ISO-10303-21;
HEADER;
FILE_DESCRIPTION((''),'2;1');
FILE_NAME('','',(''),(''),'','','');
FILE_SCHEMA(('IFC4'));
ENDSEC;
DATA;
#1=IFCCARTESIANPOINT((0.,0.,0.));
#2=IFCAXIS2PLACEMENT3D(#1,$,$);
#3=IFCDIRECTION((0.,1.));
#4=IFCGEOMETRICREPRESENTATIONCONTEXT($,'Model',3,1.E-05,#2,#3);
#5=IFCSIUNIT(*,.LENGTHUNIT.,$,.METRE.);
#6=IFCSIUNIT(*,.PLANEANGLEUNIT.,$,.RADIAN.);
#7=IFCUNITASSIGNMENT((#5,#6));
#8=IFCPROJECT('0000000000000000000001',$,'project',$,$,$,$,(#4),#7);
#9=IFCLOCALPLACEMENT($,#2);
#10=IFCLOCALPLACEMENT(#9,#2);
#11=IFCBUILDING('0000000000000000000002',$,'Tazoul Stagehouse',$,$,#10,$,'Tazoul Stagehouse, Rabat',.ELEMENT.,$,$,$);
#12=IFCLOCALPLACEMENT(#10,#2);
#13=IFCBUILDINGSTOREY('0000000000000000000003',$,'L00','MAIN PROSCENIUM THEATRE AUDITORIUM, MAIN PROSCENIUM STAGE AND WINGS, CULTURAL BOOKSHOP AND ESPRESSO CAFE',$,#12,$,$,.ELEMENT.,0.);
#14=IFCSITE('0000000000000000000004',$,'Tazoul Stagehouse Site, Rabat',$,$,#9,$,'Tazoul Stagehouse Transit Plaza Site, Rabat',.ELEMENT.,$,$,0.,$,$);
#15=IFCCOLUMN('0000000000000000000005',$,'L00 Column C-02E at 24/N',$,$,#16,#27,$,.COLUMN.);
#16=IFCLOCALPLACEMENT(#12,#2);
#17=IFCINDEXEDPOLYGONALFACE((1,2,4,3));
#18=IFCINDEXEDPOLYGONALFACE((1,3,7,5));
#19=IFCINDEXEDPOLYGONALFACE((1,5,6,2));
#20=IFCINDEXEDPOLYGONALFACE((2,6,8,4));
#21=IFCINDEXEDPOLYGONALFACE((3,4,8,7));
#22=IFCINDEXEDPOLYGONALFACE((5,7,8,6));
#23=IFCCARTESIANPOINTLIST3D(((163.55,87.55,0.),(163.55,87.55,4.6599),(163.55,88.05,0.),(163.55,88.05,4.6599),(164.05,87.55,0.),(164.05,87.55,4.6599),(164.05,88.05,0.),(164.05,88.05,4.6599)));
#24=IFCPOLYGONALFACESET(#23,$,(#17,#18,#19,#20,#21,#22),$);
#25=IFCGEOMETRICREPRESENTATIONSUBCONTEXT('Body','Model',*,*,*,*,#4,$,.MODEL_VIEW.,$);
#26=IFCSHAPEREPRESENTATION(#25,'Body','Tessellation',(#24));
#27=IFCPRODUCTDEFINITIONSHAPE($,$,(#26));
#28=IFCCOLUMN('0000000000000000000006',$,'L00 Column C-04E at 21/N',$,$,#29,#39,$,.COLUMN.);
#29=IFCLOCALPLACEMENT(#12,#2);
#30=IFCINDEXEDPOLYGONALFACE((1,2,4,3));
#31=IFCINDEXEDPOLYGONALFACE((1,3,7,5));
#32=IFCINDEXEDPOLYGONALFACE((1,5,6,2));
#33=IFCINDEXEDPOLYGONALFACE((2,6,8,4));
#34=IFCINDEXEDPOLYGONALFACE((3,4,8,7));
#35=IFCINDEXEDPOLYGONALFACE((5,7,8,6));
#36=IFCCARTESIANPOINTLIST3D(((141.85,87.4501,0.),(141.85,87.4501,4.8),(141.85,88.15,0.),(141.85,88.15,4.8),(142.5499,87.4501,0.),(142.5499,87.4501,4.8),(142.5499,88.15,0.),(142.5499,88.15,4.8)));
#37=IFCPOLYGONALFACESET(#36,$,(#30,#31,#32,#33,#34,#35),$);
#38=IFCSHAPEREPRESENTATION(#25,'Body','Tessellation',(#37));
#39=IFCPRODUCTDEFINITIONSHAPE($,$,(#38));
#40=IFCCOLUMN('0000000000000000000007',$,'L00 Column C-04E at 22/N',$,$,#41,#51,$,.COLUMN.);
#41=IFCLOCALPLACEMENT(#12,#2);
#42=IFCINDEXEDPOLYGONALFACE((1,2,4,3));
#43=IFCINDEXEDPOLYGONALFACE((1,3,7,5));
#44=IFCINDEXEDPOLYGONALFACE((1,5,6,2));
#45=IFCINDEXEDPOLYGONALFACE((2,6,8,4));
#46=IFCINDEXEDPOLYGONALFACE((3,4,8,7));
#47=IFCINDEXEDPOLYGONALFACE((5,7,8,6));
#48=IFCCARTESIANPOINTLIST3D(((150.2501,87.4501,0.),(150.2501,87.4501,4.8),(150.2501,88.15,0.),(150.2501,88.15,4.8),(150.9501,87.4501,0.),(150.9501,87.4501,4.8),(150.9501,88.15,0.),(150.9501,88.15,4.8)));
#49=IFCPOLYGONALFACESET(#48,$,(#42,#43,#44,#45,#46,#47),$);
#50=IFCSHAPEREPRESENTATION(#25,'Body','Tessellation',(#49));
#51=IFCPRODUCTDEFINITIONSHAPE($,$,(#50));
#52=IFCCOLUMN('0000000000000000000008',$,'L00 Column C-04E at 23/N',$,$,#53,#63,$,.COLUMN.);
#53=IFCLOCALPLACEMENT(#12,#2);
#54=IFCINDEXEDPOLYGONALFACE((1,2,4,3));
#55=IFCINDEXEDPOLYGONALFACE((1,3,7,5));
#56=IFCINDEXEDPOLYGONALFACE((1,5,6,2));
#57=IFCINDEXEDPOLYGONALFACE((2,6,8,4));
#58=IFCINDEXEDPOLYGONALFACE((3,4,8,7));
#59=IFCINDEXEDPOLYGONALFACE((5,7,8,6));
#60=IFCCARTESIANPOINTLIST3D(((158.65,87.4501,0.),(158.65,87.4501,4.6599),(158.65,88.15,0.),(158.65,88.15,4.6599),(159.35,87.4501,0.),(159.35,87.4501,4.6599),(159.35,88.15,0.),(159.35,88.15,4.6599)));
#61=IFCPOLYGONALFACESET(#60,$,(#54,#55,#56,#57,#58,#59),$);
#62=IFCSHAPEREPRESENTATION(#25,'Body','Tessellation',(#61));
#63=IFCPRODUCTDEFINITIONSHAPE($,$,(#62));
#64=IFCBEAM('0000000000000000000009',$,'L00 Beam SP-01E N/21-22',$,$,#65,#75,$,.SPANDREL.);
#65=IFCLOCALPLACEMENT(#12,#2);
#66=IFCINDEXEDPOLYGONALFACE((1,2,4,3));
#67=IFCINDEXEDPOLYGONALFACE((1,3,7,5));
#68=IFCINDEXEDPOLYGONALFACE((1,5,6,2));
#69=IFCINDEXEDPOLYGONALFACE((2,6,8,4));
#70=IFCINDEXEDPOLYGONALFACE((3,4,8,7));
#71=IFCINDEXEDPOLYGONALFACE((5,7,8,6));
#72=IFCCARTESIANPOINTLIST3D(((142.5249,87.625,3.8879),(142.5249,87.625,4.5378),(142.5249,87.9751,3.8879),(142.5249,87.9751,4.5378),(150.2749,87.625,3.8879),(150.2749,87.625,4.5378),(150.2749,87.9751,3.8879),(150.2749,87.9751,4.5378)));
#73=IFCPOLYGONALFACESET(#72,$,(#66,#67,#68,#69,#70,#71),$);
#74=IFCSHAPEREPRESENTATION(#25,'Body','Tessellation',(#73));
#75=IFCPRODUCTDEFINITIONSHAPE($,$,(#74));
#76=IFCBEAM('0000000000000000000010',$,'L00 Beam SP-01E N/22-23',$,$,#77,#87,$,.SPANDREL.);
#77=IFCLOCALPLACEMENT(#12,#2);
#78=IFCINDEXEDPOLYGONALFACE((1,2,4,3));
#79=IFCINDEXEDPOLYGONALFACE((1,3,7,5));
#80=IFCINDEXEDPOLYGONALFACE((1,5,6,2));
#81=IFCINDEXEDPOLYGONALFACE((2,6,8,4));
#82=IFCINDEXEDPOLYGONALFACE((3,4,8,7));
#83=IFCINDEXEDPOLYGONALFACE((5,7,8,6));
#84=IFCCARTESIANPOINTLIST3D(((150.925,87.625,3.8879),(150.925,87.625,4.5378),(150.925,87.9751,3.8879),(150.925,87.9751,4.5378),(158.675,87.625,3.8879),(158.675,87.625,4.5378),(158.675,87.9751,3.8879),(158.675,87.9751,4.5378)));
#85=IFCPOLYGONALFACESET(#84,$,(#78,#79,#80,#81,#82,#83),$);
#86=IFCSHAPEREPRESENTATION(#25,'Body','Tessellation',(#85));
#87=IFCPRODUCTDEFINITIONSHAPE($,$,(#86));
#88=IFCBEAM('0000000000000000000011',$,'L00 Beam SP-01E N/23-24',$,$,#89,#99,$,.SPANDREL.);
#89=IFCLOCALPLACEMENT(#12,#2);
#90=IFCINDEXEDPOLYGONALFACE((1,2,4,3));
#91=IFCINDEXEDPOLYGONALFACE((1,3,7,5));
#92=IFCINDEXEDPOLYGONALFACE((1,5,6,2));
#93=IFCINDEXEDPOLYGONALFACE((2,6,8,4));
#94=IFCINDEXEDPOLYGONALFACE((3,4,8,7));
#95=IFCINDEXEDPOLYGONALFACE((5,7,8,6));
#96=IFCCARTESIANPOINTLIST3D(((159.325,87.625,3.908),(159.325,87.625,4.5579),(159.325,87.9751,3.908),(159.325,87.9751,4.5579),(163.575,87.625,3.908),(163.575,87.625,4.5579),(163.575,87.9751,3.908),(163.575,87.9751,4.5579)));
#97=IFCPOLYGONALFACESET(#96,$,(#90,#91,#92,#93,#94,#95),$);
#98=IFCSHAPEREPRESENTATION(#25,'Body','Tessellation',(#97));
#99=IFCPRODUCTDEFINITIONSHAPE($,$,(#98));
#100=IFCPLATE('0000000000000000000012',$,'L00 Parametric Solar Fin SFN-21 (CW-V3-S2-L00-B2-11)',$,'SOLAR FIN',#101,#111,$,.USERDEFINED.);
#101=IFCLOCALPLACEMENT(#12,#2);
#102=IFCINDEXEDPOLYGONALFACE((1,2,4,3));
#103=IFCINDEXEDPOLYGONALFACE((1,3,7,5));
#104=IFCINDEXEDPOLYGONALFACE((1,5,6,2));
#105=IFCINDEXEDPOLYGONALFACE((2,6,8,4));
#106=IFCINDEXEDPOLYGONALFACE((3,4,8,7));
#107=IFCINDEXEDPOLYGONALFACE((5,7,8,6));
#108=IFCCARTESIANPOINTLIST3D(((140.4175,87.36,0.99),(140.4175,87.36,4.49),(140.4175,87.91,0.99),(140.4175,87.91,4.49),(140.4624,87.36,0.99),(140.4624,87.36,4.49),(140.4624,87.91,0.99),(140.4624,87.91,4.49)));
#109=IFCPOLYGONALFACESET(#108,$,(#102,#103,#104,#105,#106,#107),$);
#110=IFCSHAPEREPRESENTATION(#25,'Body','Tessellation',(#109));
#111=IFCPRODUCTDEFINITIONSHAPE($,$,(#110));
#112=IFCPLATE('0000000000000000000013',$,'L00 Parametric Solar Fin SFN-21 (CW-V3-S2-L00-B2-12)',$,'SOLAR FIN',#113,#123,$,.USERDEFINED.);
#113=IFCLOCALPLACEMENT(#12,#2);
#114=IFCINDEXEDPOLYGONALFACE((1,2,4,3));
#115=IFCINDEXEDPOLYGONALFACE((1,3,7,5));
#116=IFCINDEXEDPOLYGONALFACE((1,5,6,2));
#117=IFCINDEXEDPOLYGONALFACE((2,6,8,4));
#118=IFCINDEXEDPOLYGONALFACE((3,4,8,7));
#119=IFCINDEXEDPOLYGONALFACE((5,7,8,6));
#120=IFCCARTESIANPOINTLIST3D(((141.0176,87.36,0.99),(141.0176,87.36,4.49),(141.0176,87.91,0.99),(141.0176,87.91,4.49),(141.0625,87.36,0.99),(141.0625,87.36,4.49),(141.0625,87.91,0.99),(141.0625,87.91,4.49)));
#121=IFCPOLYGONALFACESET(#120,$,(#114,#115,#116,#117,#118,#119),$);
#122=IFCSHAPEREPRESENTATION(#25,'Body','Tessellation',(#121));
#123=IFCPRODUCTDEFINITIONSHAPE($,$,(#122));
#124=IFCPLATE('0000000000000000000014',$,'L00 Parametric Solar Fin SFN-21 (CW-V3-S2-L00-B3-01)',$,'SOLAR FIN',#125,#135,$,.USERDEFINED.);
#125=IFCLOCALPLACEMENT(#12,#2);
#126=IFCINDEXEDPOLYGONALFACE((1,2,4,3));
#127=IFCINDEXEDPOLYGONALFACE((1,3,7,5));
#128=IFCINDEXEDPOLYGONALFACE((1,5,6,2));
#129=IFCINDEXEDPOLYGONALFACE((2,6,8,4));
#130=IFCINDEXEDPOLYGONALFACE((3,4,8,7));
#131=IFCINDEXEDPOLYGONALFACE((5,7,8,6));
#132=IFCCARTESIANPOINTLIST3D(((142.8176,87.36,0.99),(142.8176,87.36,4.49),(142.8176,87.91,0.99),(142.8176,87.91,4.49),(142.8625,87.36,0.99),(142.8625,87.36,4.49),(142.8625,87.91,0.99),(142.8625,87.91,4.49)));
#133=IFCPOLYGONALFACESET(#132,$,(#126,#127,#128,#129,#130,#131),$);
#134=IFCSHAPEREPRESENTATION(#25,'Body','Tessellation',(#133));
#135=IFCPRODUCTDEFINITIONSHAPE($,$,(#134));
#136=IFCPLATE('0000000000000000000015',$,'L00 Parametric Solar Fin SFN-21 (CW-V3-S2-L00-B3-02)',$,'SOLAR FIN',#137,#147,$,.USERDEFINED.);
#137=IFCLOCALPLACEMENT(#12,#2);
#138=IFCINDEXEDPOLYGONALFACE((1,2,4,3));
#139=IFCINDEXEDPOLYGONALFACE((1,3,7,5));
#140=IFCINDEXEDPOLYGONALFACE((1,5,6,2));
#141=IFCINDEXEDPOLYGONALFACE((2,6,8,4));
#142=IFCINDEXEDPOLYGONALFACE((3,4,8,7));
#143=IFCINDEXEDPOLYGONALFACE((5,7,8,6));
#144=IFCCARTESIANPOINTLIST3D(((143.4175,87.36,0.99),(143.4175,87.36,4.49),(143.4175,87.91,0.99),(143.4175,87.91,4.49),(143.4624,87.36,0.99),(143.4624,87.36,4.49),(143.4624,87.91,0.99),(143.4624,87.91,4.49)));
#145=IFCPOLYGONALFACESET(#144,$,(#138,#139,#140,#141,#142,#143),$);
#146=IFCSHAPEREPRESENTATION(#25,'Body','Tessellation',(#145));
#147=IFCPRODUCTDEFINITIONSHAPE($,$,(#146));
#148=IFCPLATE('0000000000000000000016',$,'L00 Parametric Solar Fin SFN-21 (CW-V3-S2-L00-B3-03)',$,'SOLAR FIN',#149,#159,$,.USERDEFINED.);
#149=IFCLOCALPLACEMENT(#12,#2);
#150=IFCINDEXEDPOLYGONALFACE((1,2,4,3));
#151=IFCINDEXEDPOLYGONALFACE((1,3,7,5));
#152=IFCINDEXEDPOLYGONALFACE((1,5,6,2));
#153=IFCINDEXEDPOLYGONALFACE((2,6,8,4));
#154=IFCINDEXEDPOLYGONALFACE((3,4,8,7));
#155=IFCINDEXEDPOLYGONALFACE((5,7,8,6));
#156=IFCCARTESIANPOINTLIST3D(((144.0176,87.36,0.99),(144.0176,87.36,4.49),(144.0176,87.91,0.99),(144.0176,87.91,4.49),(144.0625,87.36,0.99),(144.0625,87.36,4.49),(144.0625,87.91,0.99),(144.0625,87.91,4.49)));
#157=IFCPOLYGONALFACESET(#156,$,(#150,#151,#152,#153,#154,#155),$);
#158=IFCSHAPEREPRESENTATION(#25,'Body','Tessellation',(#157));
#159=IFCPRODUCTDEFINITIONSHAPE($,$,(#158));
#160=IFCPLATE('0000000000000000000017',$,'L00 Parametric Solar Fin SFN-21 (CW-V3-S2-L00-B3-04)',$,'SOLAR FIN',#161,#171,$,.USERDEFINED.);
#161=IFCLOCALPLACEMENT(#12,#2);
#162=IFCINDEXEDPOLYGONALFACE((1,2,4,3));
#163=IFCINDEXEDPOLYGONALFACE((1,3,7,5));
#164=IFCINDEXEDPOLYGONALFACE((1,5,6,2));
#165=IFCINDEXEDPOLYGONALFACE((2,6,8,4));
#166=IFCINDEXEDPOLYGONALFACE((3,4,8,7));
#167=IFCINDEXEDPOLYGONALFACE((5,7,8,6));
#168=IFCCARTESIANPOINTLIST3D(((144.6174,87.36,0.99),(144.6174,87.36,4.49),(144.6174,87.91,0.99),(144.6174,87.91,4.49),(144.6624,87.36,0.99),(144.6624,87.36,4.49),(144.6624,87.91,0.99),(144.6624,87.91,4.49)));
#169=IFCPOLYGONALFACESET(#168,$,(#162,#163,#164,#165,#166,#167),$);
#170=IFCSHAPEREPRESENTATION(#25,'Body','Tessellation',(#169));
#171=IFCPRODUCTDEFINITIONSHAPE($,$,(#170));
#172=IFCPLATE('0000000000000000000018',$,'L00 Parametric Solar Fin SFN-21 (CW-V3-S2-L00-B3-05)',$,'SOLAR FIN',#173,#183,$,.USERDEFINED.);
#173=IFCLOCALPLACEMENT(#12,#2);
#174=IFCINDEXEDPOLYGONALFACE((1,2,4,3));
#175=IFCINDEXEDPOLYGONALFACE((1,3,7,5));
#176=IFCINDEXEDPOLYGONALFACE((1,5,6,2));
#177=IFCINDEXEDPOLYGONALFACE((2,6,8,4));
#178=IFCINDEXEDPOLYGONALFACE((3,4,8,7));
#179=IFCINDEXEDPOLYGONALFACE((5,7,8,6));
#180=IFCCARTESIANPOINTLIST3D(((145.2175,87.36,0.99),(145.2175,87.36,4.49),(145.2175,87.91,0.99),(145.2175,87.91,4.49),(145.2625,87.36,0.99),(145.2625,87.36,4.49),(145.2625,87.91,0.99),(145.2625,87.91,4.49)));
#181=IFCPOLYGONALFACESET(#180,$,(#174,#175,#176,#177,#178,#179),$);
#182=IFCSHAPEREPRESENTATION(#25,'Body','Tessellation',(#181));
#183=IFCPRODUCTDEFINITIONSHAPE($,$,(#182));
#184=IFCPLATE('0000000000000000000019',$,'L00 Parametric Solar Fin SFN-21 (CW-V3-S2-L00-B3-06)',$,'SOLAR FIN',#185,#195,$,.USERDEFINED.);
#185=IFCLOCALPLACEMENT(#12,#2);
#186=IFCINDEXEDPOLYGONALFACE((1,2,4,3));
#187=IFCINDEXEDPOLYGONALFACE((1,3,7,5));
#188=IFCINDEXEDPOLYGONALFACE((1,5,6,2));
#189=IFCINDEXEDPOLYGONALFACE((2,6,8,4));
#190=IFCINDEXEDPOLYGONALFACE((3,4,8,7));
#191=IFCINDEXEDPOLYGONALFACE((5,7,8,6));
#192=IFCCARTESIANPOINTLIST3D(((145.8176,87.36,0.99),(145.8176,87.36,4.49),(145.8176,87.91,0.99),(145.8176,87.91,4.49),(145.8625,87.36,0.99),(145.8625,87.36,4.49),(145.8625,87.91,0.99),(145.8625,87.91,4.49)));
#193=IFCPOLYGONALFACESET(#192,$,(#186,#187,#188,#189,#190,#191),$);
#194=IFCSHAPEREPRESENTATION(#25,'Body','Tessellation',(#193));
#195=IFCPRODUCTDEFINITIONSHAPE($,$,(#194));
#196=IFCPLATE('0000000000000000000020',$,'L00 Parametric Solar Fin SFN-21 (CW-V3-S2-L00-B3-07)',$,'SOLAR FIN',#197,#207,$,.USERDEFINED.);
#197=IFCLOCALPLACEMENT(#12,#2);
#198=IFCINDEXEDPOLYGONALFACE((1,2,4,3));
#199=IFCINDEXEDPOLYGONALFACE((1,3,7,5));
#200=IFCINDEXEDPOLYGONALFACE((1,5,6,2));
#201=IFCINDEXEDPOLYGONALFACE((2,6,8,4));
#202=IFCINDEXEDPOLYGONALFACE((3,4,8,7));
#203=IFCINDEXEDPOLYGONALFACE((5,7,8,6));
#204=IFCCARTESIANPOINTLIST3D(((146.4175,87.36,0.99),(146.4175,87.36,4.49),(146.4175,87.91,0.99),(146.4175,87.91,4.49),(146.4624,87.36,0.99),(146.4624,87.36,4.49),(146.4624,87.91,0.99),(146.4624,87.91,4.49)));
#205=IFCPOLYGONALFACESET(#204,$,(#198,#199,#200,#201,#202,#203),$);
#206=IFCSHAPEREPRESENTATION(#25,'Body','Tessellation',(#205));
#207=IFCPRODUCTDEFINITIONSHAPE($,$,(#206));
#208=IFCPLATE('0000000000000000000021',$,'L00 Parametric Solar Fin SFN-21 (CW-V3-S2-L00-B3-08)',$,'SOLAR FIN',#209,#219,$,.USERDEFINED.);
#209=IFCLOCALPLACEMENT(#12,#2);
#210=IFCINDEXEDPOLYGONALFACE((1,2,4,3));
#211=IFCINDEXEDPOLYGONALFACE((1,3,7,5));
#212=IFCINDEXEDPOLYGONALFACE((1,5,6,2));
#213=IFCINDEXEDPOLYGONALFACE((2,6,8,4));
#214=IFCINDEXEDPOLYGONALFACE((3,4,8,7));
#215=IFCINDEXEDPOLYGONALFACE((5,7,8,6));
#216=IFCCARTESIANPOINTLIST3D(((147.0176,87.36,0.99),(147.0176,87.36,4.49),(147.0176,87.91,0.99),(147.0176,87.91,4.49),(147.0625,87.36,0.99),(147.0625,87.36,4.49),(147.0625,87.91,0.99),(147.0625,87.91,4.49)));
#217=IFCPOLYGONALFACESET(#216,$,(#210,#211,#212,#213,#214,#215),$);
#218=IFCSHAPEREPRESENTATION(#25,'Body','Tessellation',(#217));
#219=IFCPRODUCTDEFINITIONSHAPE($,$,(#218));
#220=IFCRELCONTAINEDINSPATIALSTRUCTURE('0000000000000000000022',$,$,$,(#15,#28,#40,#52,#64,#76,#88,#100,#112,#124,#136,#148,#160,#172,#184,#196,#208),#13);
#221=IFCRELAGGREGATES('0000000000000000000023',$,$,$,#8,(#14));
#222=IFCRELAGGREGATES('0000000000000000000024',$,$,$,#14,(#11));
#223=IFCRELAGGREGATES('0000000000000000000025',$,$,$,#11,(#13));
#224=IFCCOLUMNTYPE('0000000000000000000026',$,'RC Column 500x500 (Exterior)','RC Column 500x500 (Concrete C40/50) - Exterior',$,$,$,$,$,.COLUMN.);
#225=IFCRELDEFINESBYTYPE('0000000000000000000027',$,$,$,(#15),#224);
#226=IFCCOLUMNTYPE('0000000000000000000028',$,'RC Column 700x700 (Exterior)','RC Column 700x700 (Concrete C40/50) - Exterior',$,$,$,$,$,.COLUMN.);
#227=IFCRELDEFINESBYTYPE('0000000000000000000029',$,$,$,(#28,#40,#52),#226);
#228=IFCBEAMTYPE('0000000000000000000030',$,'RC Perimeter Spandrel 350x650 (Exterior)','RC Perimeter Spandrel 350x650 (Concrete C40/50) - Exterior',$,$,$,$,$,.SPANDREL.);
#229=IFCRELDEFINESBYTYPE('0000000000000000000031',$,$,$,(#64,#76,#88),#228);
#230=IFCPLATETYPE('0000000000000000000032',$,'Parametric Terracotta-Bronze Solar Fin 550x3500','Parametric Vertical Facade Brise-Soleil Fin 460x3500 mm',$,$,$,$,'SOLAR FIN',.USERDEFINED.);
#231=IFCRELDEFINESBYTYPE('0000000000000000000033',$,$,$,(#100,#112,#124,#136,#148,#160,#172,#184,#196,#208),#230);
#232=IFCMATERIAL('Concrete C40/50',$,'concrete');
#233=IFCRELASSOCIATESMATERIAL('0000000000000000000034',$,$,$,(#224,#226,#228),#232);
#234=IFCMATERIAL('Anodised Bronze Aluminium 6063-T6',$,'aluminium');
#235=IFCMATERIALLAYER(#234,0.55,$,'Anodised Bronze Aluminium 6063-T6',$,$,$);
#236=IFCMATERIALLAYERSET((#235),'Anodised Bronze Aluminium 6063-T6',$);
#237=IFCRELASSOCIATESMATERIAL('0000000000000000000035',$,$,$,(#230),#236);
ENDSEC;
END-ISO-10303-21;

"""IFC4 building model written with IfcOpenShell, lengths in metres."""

from ifc_helpers import new_model, si_unit, direction, frame, origin, origin_2d, place, context, subcontext, project, spatial, rectangle, extrude, material, layer, layer_set, material_profile, profile_set, type_object, element, save


model = new_model("IFC4")

# Units and contexts
model_context = context("Model", 3, precision=1e-05, world=origin(), true_north=direction((0.0, 1.0)))
body_context = subcontext(model_context, "Body", "Model", "MODEL_VIEW")
ifc_project = project(units=[si_unit("LENGTHUNIT", "METRE"), si_unit("PLANEANGLEUNIT", "RADIAN")], contexts=[model_context])

# Site, building, storey
site_placement = place(None, origin())
site = spatial("IfcSite", under=ifc_project, at=site_placement, Name="Tazoul Stagehouse Site, Rabat", LongName="Tazoul Stagehouse Transit Plaza Site, Rabat", CompositionType="ELEMENT", RefElevation=0.0)
building_placement = place(site_placement, origin())
building = spatial("IfcBuilding", under=site, at=building_placement, Name="Tazoul Stagehouse", LongName="Tazoul Stagehouse, Rabat", CompositionType="ELEMENT")
storey_placement = place(building_placement, origin())
storey = spatial("IfcBuildingStorey", under=building, at=storey_placement, Name="L00", Description="MAIN PROSCENIUM THEATRE AUDITORIUM, MAIN PROSCENIUM STAGE AND WINGS, CULTURAL BOOKSHOP AND ESPRESSO CAFE", CompositionType="ELEMENT", Elevation=0.0)

# Columns
ifc_material_1 = material(Name="Concrete C40/50", Category="concrete")
ifc_material_profile_1 = material_profile(ifc_material_1, rectangle(XDim=0.5, YDim=0.5, at=origin_2d()), Name="RC 500x500")
ifc_profile_set_1 = profile_set([ifc_material_profile_1], Name="Concrete C40/50")
column_type_1 = type_object("IfcColumnType", Name="RC Column 500x500 (Exterior)", Description="RC Column 500x500 (Concrete C40/50) - Exterior", PredefinedType="COLUMN", material=ifc_profile_set_1)
column_1_placement = place(storey_placement, frame((163.8, 87.8, 0.0), z_axis=(0.0, 0.0, 1.0), x_axis=(1.0, 0.0, 0.0)))
element("IfcColumn", 1, at=column_1_placement, inside=storey, type_object=column_type_1, Name="L00 Column C-02E at 24/N", PredefinedType="COLUMN", context=body_context, shape_type="SweptSolid", body=[
    extrude(rectangle(XDim=0.5, YDim=0.5, at=origin_2d()), origin(), (0.0, 0.0, 1.0), 4.6599),
])
ifc_material_profile_2 = material_profile(ifc_material_1, rectangle(XDim=0.7, YDim=0.7, at=origin_2d()), Name="RC 700x700")
ifc_profile_set_2 = profile_set([ifc_material_profile_2], Name="Concrete C40/50")
column_type_2 = type_object("IfcColumnType", Name="RC Column 700x700 (Exterior)", Description="RC Column 700x700 (Concrete C40/50) - Exterior", PredefinedType="COLUMN", material=ifc_profile_set_2)
for number, where, z_axis, x_axis, name in (
    (2, (142.2, 87.8, 0.0), (0.0, 0.0, 1.0), (1.0, 0.0, 0.0), "L00 Column C-04E at 21/N"),
    (3, (150.6001, 87.8, 0.0), (0.0, 0.0, 1.0), (1.0, 0.0, 0.0), "L00 Column C-04E at 22/N"),
):
    element("IfcColumn", number, at=place(storey_placement, frame(where, z_axis=z_axis, x_axis=x_axis)), inside=storey, type_object=column_type_2, Name=name, PredefinedType="COLUMN", context=body_context, shape_type="SweptSolid", body=[
        extrude(rectangle(XDim=0.7, YDim=0.7, at=origin_2d()), origin(), (0.0, 0.0, 1.0), 4.8),
    ])
column_2_placement = place(storey_placement, frame((159.0, 87.8, 0.0), z_axis=(0.0, 0.0, 1.0), x_axis=(1.0, 0.0, 0.0)))
element("IfcColumn", 4, at=column_2_placement, inside=storey, type_object=column_type_2, Name="L00 Column C-04E at 23/N", PredefinedType="COLUMN", context=body_context, shape_type="SweptSolid", body=[
    extrude(rectangle(XDim=0.7, YDim=0.7, at=origin_2d()), origin(), (0.0, 0.0, 1.0), 4.6599),
])

# Beams
ifc_material_profile_3 = material_profile(ifc_material_1, rectangle(XDim=0.3501, YDim=0.6499, at=origin_2d()), Name="RC 350x650")
ifc_profile_set_3 = profile_set([ifc_material_profile_3], Name="Concrete C40/50")
beam_type = type_object("IfcBeamType", Name="RC Perimeter Spandrel 350x650 (Exterior)", Description="RC Perimeter Spandrel 350x650 (Concrete C40/50) - Exterior", PredefinedType="SPANDREL", material=ifc_profile_set_3)
for number, where, z_axis, x_axis, name in (
    (5, (142.5249, 87.8, 4.2129), (1.0, 0.0, 0.0), (0.0, 1.0, 0.0), "L00 Beam SP-01E N/21-22"),
    (6, (150.925, 87.8, 4.2129), (1.0, 0.0, 0.0), (0.0, 1.0, 0.0), "L00 Beam SP-01E N/22-23"),
):
    element("IfcBeam", number, at=place(storey_placement, frame(where, z_axis=z_axis, x_axis=x_axis)), inside=storey, type_object=beam_type, Name=name, PredefinedType="SPANDREL", context=body_context, shape_type="SweptSolid", body=[
        extrude(rectangle(XDim=0.3501, YDim=0.6499, at=origin_2d()), origin(), (0.0, 0.0, 1.0), 7.75),
    ])
beam_placement = place(storey_placement, frame((159.325, 87.8, 4.2329), z_axis=(1.0, 0.0, 0.0), x_axis=(0.0, 1.0, 0.0)))
element("IfcBeam", 7, at=beam_placement, inside=storey, type_object=beam_type, Name="L00 Beam SP-01E N/23-24", PredefinedType="SPANDREL", context=body_context, shape_type="SweptSolid", body=[
    extrude(rectangle(XDim=0.3501, YDim=0.6499, at=origin_2d()), origin(), (0.0, 0.0, 1.0), 4.25),
])

# Plates
ifc_material_2 = material(Name="Anodised Bronze Aluminium 6063-T6", Category="aluminium")
ifc_layer_1 = layer(ifc_material_2, 0.55, Name="Anodised Bronze Aluminium 6063-T6")
ifc_layer_set_1 = layer_set([ifc_layer_1], Name="Anodised Bronze Aluminium 6063-T6")
plate_type = type_object("IfcPlateType", Name="Parametric Terracotta-Bronze Solar Fin 550x3500", Description="Parametric Vertical Facade Brise-Soleil Fin 460x3500 mm", ElementType="SOLAR FIN", PredefinedType="USERDEFINED", material=ifc_layer_set_1)
for number, where, z_axis, x_axis, name in (
    (8, (140.4399, 87.635, 0.99), (0.0, 0.0, 1.0), (1.0, 0.0, 0.0), "L00 Parametric Solar Fin SFN-21 (CW-V3-S2-L00-B2-11)"),
    (9, (141.04, 87.635, 0.99), (0.0, 0.0, 1.0), (1.0, 0.0, 0.0), "L00 Parametric Solar Fin SFN-21 (CW-V3-S2-L00-B2-12)"),
    (10, (142.8401, 87.635, 0.99), (0.0, 0.0, 1.0), (1.0, 0.0, 0.0), "L00 Parametric Solar Fin SFN-21 (CW-V3-S2-L00-B3-01)"),
    (11, (143.4399, 87.635, 0.99), (0.0, 0.0, 1.0), (1.0, 0.0, 0.0), "L00 Parametric Solar Fin SFN-21 (CW-V3-S2-L00-B3-02)"),
    (12, (144.04, 87.635, 0.99), (0.0, 0.0, 1.0), (1.0, 0.0, 0.0), "L00 Parametric Solar Fin SFN-21 (CW-V3-S2-L00-B3-03)"),
    (13, (144.6399, 87.635, 0.99), (0.0, 0.0, 1.0), (1.0, 0.0, 0.0), "L00 Parametric Solar Fin SFN-21 (CW-V3-S2-L00-B3-04)"),
    (14, (145.24, 87.635, 0.99), (0.0, 0.0, 1.0), (1.0, 0.0, 0.0), "L00 Parametric Solar Fin SFN-21 (CW-V3-S2-L00-B3-05)"),
    (15, (145.8401, 87.635, 0.99), (0.0, 0.0, 1.0), (1.0, 0.0, 0.0), "L00 Parametric Solar Fin SFN-21 (CW-V3-S2-L00-B3-06)"),
    (16, (146.4399, 87.635, 0.99), (0.0, 0.0, 1.0), (1.0, 0.0, 0.0), "L00 Parametric Solar Fin SFN-21 (CW-V3-S2-L00-B3-07)"),
    (17, (147.04, 87.635, 0.99), (0.0, 0.0, 1.0), (1.0, 0.0, 0.0), "L00 Parametric Solar Fin SFN-21 (CW-V3-S2-L00-B3-08)"),
):
    element("IfcPlate", number, at=place(storey_placement, frame(where, z_axis=z_axis, x_axis=x_axis)), inside=storey, type_object=plate_type, Name=name, ObjectType="SOLAR FIN", PredefinedType="USERDEFINED", context=body_context, shape_type="SweptSolid", body=[
        extrude(rectangle(XDim=0.0449, YDim=0.55, at=origin_2d()), origin(), (0.0, 0.0, 1.0), 3.5),
    ])

save(model, "model.ifc")
